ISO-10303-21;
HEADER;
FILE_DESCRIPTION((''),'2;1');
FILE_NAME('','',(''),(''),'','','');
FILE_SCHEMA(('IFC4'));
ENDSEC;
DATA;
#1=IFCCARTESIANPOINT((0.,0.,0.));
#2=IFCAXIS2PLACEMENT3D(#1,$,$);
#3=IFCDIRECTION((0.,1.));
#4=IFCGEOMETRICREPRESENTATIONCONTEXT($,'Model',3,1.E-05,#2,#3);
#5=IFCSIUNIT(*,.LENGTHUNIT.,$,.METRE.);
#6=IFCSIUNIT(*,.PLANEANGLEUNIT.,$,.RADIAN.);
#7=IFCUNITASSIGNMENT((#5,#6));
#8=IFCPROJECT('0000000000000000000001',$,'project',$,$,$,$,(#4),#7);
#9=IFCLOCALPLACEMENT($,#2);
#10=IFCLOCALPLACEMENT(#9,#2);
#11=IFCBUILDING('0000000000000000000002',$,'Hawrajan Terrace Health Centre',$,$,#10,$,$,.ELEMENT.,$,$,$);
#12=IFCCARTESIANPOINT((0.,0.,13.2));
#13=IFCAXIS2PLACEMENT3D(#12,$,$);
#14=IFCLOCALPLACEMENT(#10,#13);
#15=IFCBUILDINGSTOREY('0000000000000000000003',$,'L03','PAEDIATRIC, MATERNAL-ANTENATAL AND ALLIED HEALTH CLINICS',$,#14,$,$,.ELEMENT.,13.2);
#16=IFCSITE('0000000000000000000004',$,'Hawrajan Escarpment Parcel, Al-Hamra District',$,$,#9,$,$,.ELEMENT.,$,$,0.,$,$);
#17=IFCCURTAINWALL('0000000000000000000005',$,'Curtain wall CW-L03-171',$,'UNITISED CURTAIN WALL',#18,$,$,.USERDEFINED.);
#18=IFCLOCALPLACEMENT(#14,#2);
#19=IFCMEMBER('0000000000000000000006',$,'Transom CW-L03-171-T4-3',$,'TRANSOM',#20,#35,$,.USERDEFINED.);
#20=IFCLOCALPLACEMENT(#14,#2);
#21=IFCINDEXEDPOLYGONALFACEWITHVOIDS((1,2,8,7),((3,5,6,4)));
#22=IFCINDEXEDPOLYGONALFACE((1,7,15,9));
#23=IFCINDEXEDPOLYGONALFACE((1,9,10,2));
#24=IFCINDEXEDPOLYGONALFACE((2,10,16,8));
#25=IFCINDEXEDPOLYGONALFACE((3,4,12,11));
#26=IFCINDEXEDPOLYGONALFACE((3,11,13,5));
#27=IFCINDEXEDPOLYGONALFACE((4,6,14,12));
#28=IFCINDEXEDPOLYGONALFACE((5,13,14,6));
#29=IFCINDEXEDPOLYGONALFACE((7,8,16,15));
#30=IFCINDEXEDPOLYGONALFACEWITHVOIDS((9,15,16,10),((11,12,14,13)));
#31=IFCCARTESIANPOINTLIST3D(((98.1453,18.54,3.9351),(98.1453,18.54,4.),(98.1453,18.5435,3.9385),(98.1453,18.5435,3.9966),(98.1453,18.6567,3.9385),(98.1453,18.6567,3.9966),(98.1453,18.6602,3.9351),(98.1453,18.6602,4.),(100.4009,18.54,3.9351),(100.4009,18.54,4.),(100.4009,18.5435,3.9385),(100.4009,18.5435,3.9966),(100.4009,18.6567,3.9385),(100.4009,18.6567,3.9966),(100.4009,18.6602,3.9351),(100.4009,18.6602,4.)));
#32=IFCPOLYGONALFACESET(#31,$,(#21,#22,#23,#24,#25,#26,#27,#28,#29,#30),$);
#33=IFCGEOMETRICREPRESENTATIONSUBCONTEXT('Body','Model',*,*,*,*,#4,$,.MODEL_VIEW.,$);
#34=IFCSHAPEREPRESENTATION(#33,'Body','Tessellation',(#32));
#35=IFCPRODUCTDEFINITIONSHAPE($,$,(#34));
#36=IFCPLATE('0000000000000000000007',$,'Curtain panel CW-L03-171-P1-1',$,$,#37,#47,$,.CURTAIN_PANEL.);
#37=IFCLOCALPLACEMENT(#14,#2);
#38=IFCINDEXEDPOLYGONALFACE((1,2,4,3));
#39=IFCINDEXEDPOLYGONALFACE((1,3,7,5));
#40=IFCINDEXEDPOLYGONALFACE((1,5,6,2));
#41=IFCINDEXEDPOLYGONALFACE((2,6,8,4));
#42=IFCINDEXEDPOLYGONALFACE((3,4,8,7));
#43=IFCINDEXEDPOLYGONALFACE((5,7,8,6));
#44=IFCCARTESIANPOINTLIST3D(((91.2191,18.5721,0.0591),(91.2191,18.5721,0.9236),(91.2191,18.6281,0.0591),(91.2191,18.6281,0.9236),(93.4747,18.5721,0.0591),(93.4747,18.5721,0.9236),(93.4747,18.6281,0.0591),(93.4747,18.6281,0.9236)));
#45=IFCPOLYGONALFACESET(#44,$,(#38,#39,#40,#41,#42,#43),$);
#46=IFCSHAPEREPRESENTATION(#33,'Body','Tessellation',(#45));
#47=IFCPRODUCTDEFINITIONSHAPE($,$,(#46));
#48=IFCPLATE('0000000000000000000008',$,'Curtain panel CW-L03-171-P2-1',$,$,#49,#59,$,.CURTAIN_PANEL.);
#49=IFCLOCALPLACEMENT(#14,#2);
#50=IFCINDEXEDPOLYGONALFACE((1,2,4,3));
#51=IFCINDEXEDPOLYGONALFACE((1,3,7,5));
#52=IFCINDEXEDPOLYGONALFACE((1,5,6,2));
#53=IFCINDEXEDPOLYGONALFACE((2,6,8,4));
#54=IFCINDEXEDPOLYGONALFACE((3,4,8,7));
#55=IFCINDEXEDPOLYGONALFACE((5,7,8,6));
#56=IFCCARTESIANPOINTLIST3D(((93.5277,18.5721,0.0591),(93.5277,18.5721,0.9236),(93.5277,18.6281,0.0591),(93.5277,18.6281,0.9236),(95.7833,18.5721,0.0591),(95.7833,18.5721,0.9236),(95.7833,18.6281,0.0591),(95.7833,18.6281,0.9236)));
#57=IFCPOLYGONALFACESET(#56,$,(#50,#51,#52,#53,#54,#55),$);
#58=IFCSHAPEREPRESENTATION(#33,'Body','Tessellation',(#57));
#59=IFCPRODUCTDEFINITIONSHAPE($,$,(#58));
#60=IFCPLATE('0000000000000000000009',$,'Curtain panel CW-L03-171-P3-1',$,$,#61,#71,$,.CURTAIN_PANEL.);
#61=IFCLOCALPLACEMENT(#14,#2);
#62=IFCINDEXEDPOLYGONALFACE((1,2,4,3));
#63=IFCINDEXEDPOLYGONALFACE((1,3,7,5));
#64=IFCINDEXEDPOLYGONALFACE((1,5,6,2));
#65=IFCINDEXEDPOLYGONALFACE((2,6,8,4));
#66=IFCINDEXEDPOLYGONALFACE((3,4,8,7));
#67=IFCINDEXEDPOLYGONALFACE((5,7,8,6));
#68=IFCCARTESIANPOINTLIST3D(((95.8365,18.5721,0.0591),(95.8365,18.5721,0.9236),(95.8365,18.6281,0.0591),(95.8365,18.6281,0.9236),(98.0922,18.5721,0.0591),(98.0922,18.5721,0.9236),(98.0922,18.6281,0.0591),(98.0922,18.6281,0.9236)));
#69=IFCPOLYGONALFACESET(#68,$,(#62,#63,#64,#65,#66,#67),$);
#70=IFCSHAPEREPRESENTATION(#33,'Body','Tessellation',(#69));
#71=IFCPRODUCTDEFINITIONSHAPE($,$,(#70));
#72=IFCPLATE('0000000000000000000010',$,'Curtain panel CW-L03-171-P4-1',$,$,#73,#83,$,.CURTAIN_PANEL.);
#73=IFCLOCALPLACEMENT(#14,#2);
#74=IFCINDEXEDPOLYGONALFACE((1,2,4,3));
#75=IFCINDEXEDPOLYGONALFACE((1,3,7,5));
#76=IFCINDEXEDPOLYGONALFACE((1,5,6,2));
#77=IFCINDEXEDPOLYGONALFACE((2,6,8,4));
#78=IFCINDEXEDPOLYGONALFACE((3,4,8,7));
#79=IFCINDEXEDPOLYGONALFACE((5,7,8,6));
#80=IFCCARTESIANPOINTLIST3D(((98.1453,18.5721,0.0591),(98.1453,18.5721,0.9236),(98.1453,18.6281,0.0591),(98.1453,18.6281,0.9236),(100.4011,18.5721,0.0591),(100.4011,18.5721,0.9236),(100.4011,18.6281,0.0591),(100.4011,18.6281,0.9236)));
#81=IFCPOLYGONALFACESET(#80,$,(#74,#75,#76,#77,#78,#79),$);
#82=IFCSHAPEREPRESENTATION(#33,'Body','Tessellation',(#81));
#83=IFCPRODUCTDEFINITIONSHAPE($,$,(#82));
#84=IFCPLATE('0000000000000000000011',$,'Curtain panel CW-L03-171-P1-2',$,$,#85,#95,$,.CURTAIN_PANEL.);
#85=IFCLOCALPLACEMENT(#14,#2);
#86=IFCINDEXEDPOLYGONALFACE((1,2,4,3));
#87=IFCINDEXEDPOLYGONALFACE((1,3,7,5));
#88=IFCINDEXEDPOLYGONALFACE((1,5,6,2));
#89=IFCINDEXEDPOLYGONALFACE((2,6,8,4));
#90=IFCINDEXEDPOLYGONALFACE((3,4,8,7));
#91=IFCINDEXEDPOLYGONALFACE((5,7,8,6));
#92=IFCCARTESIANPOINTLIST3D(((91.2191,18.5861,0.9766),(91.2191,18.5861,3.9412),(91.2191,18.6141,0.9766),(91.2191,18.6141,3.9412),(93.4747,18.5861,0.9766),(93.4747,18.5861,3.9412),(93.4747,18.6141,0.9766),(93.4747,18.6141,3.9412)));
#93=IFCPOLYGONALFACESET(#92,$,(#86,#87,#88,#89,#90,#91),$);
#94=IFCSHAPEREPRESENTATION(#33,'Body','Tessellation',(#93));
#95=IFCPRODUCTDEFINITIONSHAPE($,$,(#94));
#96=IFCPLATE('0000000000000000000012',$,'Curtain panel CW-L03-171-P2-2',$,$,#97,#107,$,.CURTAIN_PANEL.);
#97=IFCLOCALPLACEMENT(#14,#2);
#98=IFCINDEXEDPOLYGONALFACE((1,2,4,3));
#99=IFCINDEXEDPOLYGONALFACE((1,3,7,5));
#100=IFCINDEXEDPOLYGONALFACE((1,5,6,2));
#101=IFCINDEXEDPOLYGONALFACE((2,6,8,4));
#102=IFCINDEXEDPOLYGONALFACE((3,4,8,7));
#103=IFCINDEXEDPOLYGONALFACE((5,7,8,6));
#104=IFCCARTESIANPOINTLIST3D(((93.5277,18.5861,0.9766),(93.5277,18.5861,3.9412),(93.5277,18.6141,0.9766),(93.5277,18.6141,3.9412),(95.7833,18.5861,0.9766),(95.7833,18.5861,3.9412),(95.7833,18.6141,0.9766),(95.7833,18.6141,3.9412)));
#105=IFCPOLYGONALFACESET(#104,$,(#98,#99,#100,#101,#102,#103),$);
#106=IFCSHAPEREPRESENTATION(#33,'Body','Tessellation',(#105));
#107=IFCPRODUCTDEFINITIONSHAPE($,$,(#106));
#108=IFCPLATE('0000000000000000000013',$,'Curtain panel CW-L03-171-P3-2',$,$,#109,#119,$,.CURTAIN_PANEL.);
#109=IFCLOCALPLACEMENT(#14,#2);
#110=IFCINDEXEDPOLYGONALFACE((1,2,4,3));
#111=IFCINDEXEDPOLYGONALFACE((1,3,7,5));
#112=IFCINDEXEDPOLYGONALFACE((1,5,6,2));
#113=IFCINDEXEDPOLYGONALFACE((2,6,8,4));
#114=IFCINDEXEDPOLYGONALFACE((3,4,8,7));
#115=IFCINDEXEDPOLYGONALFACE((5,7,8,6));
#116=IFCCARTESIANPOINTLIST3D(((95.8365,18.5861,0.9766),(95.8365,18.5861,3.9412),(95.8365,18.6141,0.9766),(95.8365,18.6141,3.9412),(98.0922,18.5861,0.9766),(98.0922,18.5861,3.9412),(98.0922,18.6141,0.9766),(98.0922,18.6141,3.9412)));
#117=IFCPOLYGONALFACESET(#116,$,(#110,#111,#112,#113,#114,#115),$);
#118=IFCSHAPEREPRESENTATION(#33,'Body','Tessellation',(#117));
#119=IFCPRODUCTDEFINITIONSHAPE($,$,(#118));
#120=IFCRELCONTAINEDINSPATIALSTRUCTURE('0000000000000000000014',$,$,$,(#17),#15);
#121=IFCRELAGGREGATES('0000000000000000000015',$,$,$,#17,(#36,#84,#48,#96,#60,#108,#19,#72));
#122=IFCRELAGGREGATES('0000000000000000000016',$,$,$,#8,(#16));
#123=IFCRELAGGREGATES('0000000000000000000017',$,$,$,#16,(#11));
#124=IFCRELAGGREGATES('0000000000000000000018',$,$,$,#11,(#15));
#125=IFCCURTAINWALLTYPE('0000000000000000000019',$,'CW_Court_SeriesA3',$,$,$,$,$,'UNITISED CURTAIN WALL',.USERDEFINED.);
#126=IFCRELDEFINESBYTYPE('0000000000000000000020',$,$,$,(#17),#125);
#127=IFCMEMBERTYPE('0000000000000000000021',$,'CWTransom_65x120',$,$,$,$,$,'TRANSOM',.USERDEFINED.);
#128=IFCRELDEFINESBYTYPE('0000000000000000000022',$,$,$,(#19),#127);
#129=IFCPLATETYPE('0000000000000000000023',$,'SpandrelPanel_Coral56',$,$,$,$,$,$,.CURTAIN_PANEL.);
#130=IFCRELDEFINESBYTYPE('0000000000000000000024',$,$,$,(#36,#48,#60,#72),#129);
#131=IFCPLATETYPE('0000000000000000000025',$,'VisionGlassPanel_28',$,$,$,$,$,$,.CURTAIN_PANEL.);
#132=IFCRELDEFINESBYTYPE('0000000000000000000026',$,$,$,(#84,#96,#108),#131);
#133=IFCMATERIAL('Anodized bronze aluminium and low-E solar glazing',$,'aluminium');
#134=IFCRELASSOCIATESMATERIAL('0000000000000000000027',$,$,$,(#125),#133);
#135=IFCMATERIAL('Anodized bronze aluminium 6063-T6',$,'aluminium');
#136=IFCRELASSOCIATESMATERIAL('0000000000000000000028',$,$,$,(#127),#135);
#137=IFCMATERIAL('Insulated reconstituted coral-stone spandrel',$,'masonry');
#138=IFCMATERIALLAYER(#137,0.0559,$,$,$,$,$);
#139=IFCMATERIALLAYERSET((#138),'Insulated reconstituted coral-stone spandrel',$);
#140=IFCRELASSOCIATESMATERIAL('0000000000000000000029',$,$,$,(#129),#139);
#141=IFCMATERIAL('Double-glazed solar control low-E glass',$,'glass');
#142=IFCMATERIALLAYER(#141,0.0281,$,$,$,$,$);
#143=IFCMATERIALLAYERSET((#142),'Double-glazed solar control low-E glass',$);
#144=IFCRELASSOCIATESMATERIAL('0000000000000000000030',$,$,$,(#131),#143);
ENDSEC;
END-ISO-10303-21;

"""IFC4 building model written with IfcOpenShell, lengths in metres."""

from ifc_helpers import new_model, si_unit, direction, frame, origin, origin_2d, place, context, subcontext, project, spatial, rectangle, hollow_rectangle, extrude, material, layer, layer_set, material_profile, profile_set, type_object, element, aggregate, save


model = new_model("IFC4")

# Units and contexts
model_context = context("Model", 3, precision=1e-05, world=origin(), true_north=direction((0.0, 1.0)))
body_context = subcontext(model_context, "Body", "Model", "MODEL_VIEW")
ifc_project = project(units=[si_unit("LENGTHUNIT", "METRE"), si_unit("PLANEANGLEUNIT", "RADIAN")], contexts=[model_context])

# Site, building, storey
site_placement = place(None, origin())
site = spatial("IfcSite", under=ifc_project, at=site_placement, Name="Hawrajan Escarpment Parcel, Al-Hamra District", CompositionType="ELEMENT", RefElevation=0.0)
building_placement = place(site_placement, origin())
building = spatial("IfcBuilding", under=site, at=building_placement, Name="Hawrajan Terrace Health Centre", CompositionType="ELEMENT")
storey_placement = place(building_placement, frame((0.0, 0.0, 13.2)))
storey = spatial("IfcBuildingStorey", under=building, at=storey_placement, Name="L03", Description="PAEDIATRIC, MATERNAL-ANTENATAL AND ALLIED HEALTH CLINICS", CompositionType="ELEMENT", Elevation=13.2)

# Curtain wall, member, plates
ifc_material_1 = material(Name="Anodized bronze aluminium and low-E solar glazing", Category="aluminium")
curtain_wall_type = type_object("IfcCurtainWallType", Name="CW_Court_SeriesA3", ElementType="UNITISED CURTAIN WALL", PredefinedType="USERDEFINED", material=ifc_material_1)
curtain_wall_placement = place(storey_placement, origin())
curtain_wall = element("IfcCurtainWall", 1, at=curtain_wall_placement, inside=storey, type_object=curtain_wall_type, Name="Curtain wall CW-L03-171", ObjectType="UNITISED CURTAIN WALL", PredefinedType="USERDEFINED")
ifc_material_2 = material(Name="Anodized bronze aluminium 6063-T6", Category="aluminium")
ifc_material_profile_1 = material_profile(ifc_material_2, hollow_rectangle(XDim=0.0649, YDim=0.1201, WallThickness=0.0034, at=origin_2d()), Name="CW TRN 65x120")
ifc_profile_set_1 = profile_set([ifc_material_profile_1], Name="Anodized bronze aluminium 6063-T6")
member_type_1 = type_object("IfcMemberType", Name="CWTransom_65x120", ElementType="TRANSOM", PredefinedType="USERDEFINED", material=ifc_profile_set_1)
member_1_placement = place(storey_placement, frame((98.1453, 18.6001, 3.9675), z_axis=(1.0, 0.0, 0.0), x_axis=(0.0, 0.0, 1.0)))
member_1 = element("IfcMember", 2, at=member_1_placement, type_object=member_type_1, Name="Transom CW-L03-171-T4-3", ObjectType="TRANSOM", PredefinedType="USERDEFINED", context=body_context, shape_type="SweptSolid", body=[
    extrude(hollow_rectangle(XDim=0.0649, YDim=0.1201, WallThickness=0.0034, at=origin_2d()), origin(), (0.0, 0.0, 1.0), 2.2556),
])
ifc_material_3 = material(Name="Insulated reconstituted coral-stone spandrel", Category="masonry")
ifc_layer_1 = layer(ifc_material_3, 0.0559)
ifc_layer_set_1 = layer_set([ifc_layer_1], Name="Insulated reconstituted coral-stone spandrel")
plate_type_1 = type_object("IfcPlateType", Name="SpandrelPanel_Coral56", PredefinedType="CURTAIN_PANEL", material=ifc_layer_set_1)
plate_1_placement = place(storey_placement, frame((92.3469, 18.6001, 0.0591), z_axis=(0.0, 0.0, 1.0), x_axis=(1.0, 0.0, 0.0)))
plate_1 = element("IfcPlate", 3, at=plate_1_placement, type_object=plate_type_1, Name="Curtain panel CW-L03-171-P1-1", PredefinedType="CURTAIN_PANEL", context=body_context, shape_type="SweptSolid", body=[
    extrude(rectangle(XDim=2.2556, YDim=0.0559, at=origin_2d()), origin(), (0.0, 0.0, 1.0), 0.8645),
])
plate_2_placement = place(storey_placement, frame((94.6555, 18.6001, 0.0591), z_axis=(0.0, 0.0, 1.0), x_axis=(1.0, 0.0, 0.0)))
plate_2 = element("IfcPlate", 4, at=plate_2_placement, type_object=plate_type_1, Name="Curtain panel CW-L03-171-P2-1", PredefinedType="CURTAIN_PANEL", context=body_context, shape_type="SweptSolid", body=[
    extrude(rectangle(XDim=2.2556, YDim=0.0559, at=origin_2d()), origin(), (0.0, 0.0, 1.0), 0.8645),
])
plate_3_placement = place(storey_placement, frame((96.9644, 18.6001, 0.0591), z_axis=(0.0, 0.0, 1.0), x_axis=(1.0, 0.0, 0.0)))
plate_3 = element("IfcPlate", 5, at=plate_3_placement, type_object=plate_type_1, Name="Curtain panel CW-L03-171-P3-1", PredefinedType="CURTAIN_PANEL", context=body_context, shape_type="SweptSolid", body=[
    extrude(rectangle(XDim=2.2556, YDim=0.0559, at=origin_2d()), origin(), (0.0, 0.0, 1.0), 0.8645),
])
plate_4_placement = place(storey_placement, frame((99.2732, 18.6001, 0.0591), z_axis=(0.0, 0.0, 1.0), x_axis=(1.0, 0.0, 0.0)))
plate_4 = element("IfcPlate", 6, at=plate_4_placement, type_object=plate_type_1, Name="Curtain panel CW-L03-171-P4-1", PredefinedType="CURTAIN_PANEL", context=body_context, shape_type="SweptSolid", body=[
    extrude(rectangle(XDim=2.2559, YDim=0.0559, at=origin_2d()), origin(), (0.0, 0.0, 1.0), 0.8645),
])
ifc_material_4 = material(Name="Double-glazed solar control low-E glass", Category="glass")
ifc_layer_2 = layer(ifc_material_4, 0.0281)
ifc_layer_set_2 = layer_set([ifc_layer_2], Name="Double-glazed solar control low-E glass")
plate_type_2 = type_object("IfcPlateType", Name="VisionGlassPanel_28", PredefinedType="CURTAIN_PANEL", material=ifc_layer_set_2)
plate_5_placement = place(storey_placement, frame((92.3469, 18.6001, 0.9766), z_axis=(0.0, 0.0, 1.0), x_axis=(1.0, 0.0, 0.0)))
plate_5 = element("IfcPlate", 7, at=plate_5_placement, type_object=plate_type_2, Name="Curtain panel CW-L03-171-P1-2", PredefinedType="CURTAIN_PANEL", context=body_context, shape_type="SweptSolid", body=[
    extrude(rectangle(XDim=2.2556, YDim=0.0281, at=origin_2d()), origin(), (0.0, 0.0, 1.0), 2.9646),
])
plate_6_placement = place(storey_placement, frame((94.6555, 18.6001, 0.9766), z_axis=(0.0, 0.0, 1.0), x_axis=(1.0, 0.0, 0.0)))
plate_6 = element("IfcPlate", 8, at=plate_6_placement, type_object=plate_type_2, Name="Curtain panel CW-L03-171-P2-2", PredefinedType="CURTAIN_PANEL", context=body_context, shape_type="SweptSolid", body=[
    extrude(rectangle(XDim=2.2556, YDim=0.0281, at=origin_2d()), origin(), (0.0, 0.0, 1.0), 2.9646),
])
plate_7_placement = place(storey_placement, frame((96.9644, 18.6001, 0.9766), z_axis=(0.0, 0.0, 1.0), x_axis=(1.0, 0.0, 0.0)))
plate_7 = element("IfcPlate", 9, at=plate_7_placement, type_object=plate_type_2, Name="Curtain panel CW-L03-171-P3-2", PredefinedType="CURTAIN_PANEL", context=body_context, shape_type="SweptSolid", body=[
    extrude(rectangle(XDim=2.2556, YDim=0.0281, at=origin_2d()), origin(), (0.0, 0.0, 1.0), 2.9646),
])
aggregate(curtain_wall, [plate_1, plate_5, plate_2, plate_6, plate_3, plate_7, member_1, plate_4])

save(model, "model.ifc")
